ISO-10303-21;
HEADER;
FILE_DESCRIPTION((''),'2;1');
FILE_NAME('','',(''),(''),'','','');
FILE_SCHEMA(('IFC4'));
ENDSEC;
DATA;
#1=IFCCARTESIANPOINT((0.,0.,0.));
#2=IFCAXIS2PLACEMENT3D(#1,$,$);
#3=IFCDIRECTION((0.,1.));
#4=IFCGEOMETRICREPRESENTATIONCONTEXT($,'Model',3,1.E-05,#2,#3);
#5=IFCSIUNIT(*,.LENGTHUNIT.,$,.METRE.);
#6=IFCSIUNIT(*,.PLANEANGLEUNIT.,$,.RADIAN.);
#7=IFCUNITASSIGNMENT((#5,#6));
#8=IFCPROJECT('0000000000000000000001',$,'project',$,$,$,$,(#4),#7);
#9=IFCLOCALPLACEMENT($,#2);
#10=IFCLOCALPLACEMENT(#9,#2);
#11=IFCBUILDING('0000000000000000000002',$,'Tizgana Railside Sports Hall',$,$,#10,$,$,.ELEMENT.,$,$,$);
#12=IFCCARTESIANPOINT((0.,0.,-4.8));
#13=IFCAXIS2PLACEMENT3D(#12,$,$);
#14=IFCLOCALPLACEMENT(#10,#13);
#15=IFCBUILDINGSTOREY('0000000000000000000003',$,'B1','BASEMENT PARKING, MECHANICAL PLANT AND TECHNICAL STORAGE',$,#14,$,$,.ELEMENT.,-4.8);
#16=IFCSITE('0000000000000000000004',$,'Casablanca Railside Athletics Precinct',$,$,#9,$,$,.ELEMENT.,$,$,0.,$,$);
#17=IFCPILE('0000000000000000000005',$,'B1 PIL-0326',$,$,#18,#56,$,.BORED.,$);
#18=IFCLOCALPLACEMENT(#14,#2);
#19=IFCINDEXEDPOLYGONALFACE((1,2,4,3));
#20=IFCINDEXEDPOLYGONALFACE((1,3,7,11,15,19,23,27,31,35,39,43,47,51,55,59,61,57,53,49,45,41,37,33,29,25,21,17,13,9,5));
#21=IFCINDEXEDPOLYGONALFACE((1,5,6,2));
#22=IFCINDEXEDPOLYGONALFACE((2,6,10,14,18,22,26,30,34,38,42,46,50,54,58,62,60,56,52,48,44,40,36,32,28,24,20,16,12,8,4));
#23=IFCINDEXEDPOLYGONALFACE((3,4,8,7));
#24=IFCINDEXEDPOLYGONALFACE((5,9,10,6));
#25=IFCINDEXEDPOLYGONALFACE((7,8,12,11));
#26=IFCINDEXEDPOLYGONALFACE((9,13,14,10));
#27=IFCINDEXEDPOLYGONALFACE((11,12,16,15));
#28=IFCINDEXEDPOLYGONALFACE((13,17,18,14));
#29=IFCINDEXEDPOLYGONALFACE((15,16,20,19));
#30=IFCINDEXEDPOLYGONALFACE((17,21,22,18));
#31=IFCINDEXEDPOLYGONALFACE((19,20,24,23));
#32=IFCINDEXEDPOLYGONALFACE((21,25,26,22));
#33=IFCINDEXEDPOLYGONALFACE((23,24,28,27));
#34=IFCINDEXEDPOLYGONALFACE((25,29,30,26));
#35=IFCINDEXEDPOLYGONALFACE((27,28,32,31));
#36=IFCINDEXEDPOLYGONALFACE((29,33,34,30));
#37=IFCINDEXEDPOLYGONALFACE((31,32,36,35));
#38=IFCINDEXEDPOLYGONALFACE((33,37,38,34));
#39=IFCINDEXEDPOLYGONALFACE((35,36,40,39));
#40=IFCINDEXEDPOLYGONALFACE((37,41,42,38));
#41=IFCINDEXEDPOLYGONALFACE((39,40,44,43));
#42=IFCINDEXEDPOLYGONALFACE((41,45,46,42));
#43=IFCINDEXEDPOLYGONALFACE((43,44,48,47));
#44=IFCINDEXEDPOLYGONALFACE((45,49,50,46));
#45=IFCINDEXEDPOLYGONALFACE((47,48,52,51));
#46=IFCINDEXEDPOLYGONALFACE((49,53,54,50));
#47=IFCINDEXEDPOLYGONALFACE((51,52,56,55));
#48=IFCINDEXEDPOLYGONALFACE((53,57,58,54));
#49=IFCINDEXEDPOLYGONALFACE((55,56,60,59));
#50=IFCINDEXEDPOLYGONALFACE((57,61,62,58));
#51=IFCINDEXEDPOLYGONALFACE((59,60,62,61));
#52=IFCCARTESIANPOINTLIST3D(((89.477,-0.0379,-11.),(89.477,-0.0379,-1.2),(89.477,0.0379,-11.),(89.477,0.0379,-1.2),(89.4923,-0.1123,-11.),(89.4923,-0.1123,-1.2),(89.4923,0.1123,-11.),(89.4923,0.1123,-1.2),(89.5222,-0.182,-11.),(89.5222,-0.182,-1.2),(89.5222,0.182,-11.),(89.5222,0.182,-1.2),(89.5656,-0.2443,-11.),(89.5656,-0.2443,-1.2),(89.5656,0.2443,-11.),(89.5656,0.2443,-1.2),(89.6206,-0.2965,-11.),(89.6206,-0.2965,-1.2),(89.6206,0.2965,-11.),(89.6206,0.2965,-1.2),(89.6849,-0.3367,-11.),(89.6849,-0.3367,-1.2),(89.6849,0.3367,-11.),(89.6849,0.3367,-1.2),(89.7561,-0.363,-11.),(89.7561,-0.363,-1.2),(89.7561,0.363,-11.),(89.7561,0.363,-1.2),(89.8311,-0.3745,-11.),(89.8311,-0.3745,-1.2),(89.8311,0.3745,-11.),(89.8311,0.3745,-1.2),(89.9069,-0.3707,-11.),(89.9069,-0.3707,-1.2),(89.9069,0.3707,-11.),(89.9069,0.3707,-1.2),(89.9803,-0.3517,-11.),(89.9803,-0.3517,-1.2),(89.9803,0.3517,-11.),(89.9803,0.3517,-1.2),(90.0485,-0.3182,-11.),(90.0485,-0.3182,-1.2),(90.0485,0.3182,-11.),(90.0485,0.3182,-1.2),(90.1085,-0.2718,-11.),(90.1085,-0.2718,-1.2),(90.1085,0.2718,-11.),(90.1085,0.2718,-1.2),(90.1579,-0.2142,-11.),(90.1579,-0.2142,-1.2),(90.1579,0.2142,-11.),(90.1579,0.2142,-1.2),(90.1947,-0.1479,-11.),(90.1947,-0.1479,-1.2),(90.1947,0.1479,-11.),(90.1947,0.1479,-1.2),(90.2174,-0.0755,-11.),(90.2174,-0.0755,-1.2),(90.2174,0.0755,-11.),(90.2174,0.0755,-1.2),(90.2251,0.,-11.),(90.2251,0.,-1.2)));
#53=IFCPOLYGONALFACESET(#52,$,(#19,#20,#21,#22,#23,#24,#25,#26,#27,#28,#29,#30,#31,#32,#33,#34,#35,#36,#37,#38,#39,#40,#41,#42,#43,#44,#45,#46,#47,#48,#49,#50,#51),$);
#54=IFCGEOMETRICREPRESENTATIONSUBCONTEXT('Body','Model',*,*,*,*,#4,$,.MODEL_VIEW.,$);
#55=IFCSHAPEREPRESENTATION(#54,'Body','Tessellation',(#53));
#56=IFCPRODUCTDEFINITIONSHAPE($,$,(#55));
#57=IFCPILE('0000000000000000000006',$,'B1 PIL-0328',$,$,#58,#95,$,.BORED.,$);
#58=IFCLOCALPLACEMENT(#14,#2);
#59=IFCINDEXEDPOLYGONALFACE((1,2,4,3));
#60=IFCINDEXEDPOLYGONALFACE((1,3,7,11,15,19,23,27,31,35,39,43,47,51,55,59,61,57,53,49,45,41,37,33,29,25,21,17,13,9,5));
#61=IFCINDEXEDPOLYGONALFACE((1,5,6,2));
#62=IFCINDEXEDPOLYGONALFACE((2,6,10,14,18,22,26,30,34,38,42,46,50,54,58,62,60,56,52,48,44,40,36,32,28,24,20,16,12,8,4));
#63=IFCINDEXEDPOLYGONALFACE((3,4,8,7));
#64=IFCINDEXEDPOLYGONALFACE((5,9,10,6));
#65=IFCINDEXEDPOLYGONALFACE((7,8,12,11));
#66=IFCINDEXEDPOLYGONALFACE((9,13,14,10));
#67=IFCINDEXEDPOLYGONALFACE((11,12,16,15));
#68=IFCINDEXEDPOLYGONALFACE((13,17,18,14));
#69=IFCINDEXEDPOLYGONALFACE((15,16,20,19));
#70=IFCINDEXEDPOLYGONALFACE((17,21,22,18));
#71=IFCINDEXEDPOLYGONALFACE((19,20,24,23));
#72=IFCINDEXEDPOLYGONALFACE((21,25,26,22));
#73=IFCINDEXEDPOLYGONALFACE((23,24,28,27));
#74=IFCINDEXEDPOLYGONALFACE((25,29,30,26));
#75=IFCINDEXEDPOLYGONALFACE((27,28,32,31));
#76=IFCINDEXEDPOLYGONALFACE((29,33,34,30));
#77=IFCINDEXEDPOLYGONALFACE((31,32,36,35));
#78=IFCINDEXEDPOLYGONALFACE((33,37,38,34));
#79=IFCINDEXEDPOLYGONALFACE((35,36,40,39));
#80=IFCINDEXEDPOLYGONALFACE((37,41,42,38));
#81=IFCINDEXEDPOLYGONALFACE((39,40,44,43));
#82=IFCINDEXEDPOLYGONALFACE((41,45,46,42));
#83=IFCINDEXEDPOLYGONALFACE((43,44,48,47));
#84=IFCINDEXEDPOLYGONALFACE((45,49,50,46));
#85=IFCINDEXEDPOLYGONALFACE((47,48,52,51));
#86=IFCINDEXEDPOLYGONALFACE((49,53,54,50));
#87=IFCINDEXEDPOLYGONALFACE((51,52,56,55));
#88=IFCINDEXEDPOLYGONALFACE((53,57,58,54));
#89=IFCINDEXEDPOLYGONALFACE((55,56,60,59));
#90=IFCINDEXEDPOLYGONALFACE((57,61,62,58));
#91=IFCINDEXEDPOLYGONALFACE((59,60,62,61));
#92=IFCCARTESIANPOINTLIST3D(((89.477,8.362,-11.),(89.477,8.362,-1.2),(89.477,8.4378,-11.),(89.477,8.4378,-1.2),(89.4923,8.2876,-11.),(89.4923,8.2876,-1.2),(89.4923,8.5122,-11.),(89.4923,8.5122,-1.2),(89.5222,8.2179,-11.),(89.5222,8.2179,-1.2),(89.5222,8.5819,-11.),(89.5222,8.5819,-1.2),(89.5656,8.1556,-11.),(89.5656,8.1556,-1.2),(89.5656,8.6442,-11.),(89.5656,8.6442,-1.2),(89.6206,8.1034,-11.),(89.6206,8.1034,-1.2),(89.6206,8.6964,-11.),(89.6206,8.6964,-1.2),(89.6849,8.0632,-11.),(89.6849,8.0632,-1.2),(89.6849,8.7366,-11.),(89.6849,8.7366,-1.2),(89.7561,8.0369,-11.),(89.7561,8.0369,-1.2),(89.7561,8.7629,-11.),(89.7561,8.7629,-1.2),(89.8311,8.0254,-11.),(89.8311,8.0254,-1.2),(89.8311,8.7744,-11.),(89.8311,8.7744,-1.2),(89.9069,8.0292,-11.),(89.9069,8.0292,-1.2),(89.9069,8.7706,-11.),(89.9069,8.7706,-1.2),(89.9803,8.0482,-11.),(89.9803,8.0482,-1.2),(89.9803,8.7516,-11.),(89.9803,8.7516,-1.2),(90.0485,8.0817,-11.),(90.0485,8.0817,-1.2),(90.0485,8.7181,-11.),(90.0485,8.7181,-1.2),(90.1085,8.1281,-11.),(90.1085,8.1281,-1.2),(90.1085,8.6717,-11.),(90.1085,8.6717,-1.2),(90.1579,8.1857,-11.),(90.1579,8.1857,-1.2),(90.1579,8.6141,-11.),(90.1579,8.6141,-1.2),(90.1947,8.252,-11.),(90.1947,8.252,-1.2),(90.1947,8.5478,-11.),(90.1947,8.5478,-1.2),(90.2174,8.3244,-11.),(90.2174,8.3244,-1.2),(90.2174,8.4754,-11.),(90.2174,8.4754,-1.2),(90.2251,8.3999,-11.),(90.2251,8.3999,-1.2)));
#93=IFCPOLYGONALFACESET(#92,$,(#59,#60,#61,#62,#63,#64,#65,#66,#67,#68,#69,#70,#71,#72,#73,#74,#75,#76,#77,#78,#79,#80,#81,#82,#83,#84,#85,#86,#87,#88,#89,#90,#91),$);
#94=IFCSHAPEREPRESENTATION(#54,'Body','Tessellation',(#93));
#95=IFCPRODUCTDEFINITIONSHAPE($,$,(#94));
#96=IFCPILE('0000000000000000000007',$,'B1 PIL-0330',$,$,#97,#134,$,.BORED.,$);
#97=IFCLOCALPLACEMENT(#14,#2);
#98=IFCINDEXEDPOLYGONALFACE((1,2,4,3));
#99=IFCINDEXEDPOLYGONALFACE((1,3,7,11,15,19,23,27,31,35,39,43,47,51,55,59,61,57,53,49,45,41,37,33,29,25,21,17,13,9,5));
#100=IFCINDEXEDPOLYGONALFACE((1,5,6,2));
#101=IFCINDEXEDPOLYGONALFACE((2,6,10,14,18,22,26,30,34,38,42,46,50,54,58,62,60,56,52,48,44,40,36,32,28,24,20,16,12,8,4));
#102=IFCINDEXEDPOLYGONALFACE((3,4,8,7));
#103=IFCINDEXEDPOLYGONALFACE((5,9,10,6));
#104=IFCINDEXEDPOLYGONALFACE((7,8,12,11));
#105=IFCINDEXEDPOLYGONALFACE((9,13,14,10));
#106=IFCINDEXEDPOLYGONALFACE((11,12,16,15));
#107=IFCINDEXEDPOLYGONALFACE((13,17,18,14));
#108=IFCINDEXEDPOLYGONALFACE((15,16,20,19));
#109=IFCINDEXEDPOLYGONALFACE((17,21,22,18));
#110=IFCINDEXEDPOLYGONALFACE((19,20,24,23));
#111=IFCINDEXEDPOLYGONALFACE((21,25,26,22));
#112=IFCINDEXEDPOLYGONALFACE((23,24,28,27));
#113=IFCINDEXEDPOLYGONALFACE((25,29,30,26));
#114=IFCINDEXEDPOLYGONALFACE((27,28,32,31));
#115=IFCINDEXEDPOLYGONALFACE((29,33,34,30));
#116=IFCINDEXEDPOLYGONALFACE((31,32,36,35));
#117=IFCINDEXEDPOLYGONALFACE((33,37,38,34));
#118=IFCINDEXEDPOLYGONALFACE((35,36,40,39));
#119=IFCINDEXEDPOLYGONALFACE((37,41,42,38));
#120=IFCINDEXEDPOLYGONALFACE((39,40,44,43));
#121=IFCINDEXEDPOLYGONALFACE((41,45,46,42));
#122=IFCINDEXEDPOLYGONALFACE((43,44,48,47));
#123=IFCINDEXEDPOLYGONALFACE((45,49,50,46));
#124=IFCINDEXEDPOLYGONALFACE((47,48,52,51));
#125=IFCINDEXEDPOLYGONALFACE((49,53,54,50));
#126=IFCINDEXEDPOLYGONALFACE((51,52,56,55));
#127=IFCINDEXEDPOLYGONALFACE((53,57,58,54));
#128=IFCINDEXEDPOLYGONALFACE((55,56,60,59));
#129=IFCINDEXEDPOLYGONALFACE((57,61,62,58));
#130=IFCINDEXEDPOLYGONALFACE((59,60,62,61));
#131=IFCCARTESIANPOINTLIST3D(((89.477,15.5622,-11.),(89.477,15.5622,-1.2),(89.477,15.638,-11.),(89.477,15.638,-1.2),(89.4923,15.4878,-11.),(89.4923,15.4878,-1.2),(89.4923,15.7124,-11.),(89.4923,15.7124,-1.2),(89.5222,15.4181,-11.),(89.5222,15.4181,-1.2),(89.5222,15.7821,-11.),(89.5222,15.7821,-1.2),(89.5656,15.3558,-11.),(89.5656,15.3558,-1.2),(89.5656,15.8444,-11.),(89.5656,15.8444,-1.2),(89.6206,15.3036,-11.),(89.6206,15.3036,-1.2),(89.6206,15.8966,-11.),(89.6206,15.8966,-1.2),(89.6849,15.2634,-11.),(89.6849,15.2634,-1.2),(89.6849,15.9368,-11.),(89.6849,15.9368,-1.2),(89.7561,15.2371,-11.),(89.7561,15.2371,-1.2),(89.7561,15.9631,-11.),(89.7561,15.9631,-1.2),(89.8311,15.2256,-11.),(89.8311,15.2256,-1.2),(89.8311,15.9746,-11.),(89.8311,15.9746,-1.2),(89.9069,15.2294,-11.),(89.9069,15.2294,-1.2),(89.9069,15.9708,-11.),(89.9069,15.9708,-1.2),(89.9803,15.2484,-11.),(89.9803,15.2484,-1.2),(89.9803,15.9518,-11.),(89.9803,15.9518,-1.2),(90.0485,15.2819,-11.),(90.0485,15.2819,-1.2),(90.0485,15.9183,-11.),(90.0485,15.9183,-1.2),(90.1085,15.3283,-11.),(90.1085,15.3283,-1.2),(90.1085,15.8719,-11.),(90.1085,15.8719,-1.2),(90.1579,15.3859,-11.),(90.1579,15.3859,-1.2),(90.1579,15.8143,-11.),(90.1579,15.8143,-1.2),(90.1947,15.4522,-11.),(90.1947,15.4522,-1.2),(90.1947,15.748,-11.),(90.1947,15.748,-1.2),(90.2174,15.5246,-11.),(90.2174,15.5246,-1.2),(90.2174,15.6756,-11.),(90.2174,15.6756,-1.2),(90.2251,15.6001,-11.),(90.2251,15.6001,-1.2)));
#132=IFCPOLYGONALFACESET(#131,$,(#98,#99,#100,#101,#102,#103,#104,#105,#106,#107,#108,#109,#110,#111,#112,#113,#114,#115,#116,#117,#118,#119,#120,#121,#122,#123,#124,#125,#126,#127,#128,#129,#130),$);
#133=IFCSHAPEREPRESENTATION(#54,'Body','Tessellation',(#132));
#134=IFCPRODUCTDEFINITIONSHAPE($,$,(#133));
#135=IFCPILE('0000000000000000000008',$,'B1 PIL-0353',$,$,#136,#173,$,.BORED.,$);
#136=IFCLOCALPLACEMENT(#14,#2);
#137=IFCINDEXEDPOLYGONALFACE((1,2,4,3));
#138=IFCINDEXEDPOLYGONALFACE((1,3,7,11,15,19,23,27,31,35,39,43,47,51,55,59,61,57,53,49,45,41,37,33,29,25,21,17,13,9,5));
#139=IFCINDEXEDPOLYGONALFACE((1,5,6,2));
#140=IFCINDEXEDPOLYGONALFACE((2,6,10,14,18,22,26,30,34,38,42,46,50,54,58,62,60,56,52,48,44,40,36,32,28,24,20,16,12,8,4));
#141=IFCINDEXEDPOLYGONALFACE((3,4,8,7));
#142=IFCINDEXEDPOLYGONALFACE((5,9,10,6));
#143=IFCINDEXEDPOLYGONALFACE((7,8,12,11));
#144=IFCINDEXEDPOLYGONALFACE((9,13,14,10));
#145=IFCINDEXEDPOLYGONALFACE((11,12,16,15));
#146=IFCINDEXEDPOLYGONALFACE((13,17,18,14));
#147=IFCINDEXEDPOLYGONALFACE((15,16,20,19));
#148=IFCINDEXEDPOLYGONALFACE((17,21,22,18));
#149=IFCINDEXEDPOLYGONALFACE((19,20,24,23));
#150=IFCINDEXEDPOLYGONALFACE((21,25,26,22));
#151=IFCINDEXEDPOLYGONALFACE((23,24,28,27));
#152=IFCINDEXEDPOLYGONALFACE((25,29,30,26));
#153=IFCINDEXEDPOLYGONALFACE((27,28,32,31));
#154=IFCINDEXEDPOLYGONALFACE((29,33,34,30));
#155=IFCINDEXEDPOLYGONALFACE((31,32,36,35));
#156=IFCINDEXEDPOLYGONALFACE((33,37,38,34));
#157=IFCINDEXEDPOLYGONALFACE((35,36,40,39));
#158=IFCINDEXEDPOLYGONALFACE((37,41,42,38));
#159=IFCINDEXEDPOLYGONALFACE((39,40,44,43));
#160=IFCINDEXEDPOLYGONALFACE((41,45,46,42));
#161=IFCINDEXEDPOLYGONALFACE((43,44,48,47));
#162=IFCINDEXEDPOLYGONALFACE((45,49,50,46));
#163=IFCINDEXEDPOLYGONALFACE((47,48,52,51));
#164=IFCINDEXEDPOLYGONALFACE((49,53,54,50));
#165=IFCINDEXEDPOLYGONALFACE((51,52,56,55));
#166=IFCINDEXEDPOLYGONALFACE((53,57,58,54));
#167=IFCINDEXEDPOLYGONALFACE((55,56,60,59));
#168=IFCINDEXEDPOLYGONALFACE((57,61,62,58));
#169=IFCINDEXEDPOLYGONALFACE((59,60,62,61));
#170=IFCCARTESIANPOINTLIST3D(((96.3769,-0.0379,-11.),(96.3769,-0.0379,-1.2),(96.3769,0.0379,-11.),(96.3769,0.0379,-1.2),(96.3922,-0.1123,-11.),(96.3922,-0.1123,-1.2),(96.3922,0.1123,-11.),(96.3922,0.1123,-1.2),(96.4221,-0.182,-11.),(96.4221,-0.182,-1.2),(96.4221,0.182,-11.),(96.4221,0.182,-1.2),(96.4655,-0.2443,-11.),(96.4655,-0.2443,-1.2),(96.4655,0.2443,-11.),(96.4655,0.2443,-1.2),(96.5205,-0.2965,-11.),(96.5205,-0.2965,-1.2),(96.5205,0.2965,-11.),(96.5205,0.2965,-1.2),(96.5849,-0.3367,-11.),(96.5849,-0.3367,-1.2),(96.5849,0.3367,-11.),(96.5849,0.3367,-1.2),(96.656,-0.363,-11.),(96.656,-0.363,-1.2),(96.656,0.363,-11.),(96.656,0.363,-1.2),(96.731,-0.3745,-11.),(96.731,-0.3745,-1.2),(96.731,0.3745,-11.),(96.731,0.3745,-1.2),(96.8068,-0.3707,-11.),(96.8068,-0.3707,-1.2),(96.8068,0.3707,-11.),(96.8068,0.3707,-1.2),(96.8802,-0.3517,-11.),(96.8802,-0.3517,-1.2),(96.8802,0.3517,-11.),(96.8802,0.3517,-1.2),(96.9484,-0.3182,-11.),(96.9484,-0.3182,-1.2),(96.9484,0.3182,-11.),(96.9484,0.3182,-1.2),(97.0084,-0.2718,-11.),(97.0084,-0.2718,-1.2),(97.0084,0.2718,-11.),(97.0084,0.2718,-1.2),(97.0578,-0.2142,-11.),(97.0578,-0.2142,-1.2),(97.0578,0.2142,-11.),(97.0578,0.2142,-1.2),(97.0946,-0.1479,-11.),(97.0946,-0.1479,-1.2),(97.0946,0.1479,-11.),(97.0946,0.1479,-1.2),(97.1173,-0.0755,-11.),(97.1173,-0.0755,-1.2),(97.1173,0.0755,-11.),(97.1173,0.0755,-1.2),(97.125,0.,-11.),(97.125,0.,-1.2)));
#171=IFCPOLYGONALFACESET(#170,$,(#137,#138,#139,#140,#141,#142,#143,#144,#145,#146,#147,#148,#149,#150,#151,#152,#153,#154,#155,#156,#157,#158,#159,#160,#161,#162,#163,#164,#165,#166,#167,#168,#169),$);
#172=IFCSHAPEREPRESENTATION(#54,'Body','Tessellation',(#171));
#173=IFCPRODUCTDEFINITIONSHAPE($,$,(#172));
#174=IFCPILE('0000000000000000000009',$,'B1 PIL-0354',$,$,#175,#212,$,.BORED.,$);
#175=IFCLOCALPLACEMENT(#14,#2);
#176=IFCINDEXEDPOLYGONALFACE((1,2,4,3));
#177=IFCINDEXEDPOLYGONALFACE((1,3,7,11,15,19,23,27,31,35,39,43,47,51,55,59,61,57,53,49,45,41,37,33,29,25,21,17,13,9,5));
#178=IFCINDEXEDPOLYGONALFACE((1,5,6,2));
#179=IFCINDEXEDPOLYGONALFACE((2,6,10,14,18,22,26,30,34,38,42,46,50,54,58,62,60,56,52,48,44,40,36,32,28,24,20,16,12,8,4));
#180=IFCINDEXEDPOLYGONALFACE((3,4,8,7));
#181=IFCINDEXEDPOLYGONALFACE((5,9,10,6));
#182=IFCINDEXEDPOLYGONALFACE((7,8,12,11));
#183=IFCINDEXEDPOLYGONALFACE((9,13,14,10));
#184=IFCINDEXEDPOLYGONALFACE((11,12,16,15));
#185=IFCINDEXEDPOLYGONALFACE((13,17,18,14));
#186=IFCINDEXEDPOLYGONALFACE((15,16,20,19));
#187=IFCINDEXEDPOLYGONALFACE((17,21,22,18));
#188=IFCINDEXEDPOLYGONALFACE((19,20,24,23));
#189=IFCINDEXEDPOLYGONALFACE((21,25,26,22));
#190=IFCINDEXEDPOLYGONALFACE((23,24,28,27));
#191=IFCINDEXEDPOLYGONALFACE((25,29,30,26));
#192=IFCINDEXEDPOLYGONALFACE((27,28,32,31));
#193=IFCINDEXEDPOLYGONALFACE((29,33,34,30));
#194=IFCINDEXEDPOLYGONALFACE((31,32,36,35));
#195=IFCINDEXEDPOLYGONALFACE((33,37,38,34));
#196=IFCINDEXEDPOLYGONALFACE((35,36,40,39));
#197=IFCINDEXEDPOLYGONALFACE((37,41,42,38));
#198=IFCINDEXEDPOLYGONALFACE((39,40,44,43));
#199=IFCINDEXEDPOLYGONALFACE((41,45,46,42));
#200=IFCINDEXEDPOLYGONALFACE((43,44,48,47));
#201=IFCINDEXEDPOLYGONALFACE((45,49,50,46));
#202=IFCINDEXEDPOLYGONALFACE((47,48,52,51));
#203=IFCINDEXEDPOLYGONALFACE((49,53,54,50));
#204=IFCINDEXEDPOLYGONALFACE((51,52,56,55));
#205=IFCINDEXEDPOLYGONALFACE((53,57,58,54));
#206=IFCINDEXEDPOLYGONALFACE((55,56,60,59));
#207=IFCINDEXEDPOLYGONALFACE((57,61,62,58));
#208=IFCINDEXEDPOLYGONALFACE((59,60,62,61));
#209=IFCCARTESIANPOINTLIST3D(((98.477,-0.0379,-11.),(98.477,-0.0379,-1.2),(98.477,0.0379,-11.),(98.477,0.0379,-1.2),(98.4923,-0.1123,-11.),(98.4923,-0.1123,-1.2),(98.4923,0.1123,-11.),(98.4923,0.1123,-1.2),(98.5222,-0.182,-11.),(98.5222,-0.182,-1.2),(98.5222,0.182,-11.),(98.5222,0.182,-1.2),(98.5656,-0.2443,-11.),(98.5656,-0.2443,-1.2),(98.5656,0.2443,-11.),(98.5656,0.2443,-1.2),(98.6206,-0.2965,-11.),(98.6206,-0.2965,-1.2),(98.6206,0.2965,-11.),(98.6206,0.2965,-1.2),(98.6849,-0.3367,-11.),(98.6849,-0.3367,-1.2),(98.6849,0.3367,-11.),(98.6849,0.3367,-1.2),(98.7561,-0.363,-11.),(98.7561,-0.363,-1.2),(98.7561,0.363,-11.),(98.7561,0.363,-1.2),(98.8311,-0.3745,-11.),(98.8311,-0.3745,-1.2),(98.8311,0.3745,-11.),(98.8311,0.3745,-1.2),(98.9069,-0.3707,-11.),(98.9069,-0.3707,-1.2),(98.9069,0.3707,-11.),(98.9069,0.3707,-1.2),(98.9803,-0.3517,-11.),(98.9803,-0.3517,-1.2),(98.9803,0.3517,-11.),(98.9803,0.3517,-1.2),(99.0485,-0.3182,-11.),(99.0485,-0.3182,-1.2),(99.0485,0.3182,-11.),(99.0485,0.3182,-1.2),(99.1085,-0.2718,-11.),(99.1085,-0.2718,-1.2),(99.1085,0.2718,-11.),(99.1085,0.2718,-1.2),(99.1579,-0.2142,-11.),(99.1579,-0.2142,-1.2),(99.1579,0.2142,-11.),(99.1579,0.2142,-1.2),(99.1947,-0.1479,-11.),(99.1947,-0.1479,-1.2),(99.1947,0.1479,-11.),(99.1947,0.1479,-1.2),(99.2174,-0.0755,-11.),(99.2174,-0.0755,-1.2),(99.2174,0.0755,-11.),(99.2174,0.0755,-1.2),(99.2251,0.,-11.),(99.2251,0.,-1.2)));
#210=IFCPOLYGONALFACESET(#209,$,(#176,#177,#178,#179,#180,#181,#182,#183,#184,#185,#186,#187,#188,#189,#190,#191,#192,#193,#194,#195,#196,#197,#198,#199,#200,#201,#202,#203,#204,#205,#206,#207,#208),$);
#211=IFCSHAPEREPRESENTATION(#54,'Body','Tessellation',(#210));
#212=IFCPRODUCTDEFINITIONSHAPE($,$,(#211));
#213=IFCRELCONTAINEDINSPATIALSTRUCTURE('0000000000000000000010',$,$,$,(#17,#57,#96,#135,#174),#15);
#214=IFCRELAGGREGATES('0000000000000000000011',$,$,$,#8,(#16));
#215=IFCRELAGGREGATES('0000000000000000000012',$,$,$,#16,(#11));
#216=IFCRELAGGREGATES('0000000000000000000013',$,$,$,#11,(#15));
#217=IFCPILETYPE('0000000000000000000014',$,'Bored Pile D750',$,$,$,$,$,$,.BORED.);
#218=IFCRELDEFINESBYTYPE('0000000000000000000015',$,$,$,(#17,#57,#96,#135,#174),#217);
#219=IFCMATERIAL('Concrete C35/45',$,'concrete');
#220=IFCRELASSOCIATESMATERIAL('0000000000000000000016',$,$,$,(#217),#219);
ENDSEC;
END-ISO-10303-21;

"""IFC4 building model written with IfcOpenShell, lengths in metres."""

from ifc_helpers import new_model, si_unit, direction, frame, origin, origin_2d, place, context, subcontext, project, spatial, circle, extrude, material, material_profile, profile_set, type_object, element, save


model = new_model("IFC4")

# Units and contexts
model_context = context("Model", 3, precision=1e-05, world=origin(), true_north=direction((0.0, 1.0)))
body_context = subcontext(model_context, "Body", "Model", "MODEL_VIEW")
ifc_project = project(units=[si_unit("LENGTHUNIT", "METRE"), si_unit("PLANEANGLEUNIT", "RADIAN")], contexts=[model_context])

# Site, building, storey
site_placement = place(None, origin())
site = spatial("IfcSite", under=ifc_project, at=site_placement, Name="Casablanca Railside Athletics Precinct", CompositionType="ELEMENT", RefElevation=0.0)
building_placement = place(site_placement, origin())
building = spatial("IfcBuilding", under=site, at=building_placement, Name="Tizgana Railside Sports Hall", CompositionType="ELEMENT")
storey_placement = place(building_placement, frame((0.0, 0.0, -4.8)))
storey = spatial("IfcBuildingStorey", under=building, at=storey_placement, Name="B1", Description="BASEMENT PARKING, MECHANICAL PLANT AND TECHNICAL STORAGE", CompositionType="ELEMENT", Elevation=-4.8)

# Piles
ifc_material_1 = material(Name="Concrete C35/45", Category="concrete")
ifc_material_profile_1 = material_profile(ifc_material_1, circle(Radius=0.375, at=origin_2d()), Name="PILE D750")
ifc_profile_set_1 = profile_set([ifc_material_profile_1], Name="Concrete C35/45")
pile_type = type_object("IfcPileType", Name="Bored Pile D750", PredefinedType="BORED", material=ifc_profile_set_1)
for number, where, z_axis, x_axis, name in (
    (1, (89.8501, 0.0, -1.2), (0.0, 0.0, -1.0), (1.0, 0.0, 0.0), "B1 PIL-0326"),
    (2, (89.8501, 8.3999, -1.2), (0.0, 0.0, -1.0), (1.0, 0.0, 0.0), "B1 PIL-0328"),
    (3, (89.8501, 15.6001, -1.2), (0.0, 0.0, -1.0), (1.0, 0.0, 0.0), "B1 PIL-0330"),
    (4, (96.75, 0.0, -1.2), (0.0, 0.0, -1.0), (1.0, 0.0, 0.0), "B1 PIL-0353"),
    (5, (98.8501, 0.0, -1.2), (0.0, 0.0, -1.0), (1.0, 0.0, 0.0), "B1 PIL-0354"),
):
    element("IfcPile", number, at=place(storey_placement, frame(where, z_axis=z_axis, x_axis=x_axis)), inside=storey, type_object=pile_type, Name=name, PredefinedType="BORED", context=body_context, shape_type="SweptSolid", body=[
        extrude(circle(Radius=0.375, at=origin_2d()), origin(), (0.0, 0.0, 1.0), 9.8),
    ])

save(model, "model.ifc")
